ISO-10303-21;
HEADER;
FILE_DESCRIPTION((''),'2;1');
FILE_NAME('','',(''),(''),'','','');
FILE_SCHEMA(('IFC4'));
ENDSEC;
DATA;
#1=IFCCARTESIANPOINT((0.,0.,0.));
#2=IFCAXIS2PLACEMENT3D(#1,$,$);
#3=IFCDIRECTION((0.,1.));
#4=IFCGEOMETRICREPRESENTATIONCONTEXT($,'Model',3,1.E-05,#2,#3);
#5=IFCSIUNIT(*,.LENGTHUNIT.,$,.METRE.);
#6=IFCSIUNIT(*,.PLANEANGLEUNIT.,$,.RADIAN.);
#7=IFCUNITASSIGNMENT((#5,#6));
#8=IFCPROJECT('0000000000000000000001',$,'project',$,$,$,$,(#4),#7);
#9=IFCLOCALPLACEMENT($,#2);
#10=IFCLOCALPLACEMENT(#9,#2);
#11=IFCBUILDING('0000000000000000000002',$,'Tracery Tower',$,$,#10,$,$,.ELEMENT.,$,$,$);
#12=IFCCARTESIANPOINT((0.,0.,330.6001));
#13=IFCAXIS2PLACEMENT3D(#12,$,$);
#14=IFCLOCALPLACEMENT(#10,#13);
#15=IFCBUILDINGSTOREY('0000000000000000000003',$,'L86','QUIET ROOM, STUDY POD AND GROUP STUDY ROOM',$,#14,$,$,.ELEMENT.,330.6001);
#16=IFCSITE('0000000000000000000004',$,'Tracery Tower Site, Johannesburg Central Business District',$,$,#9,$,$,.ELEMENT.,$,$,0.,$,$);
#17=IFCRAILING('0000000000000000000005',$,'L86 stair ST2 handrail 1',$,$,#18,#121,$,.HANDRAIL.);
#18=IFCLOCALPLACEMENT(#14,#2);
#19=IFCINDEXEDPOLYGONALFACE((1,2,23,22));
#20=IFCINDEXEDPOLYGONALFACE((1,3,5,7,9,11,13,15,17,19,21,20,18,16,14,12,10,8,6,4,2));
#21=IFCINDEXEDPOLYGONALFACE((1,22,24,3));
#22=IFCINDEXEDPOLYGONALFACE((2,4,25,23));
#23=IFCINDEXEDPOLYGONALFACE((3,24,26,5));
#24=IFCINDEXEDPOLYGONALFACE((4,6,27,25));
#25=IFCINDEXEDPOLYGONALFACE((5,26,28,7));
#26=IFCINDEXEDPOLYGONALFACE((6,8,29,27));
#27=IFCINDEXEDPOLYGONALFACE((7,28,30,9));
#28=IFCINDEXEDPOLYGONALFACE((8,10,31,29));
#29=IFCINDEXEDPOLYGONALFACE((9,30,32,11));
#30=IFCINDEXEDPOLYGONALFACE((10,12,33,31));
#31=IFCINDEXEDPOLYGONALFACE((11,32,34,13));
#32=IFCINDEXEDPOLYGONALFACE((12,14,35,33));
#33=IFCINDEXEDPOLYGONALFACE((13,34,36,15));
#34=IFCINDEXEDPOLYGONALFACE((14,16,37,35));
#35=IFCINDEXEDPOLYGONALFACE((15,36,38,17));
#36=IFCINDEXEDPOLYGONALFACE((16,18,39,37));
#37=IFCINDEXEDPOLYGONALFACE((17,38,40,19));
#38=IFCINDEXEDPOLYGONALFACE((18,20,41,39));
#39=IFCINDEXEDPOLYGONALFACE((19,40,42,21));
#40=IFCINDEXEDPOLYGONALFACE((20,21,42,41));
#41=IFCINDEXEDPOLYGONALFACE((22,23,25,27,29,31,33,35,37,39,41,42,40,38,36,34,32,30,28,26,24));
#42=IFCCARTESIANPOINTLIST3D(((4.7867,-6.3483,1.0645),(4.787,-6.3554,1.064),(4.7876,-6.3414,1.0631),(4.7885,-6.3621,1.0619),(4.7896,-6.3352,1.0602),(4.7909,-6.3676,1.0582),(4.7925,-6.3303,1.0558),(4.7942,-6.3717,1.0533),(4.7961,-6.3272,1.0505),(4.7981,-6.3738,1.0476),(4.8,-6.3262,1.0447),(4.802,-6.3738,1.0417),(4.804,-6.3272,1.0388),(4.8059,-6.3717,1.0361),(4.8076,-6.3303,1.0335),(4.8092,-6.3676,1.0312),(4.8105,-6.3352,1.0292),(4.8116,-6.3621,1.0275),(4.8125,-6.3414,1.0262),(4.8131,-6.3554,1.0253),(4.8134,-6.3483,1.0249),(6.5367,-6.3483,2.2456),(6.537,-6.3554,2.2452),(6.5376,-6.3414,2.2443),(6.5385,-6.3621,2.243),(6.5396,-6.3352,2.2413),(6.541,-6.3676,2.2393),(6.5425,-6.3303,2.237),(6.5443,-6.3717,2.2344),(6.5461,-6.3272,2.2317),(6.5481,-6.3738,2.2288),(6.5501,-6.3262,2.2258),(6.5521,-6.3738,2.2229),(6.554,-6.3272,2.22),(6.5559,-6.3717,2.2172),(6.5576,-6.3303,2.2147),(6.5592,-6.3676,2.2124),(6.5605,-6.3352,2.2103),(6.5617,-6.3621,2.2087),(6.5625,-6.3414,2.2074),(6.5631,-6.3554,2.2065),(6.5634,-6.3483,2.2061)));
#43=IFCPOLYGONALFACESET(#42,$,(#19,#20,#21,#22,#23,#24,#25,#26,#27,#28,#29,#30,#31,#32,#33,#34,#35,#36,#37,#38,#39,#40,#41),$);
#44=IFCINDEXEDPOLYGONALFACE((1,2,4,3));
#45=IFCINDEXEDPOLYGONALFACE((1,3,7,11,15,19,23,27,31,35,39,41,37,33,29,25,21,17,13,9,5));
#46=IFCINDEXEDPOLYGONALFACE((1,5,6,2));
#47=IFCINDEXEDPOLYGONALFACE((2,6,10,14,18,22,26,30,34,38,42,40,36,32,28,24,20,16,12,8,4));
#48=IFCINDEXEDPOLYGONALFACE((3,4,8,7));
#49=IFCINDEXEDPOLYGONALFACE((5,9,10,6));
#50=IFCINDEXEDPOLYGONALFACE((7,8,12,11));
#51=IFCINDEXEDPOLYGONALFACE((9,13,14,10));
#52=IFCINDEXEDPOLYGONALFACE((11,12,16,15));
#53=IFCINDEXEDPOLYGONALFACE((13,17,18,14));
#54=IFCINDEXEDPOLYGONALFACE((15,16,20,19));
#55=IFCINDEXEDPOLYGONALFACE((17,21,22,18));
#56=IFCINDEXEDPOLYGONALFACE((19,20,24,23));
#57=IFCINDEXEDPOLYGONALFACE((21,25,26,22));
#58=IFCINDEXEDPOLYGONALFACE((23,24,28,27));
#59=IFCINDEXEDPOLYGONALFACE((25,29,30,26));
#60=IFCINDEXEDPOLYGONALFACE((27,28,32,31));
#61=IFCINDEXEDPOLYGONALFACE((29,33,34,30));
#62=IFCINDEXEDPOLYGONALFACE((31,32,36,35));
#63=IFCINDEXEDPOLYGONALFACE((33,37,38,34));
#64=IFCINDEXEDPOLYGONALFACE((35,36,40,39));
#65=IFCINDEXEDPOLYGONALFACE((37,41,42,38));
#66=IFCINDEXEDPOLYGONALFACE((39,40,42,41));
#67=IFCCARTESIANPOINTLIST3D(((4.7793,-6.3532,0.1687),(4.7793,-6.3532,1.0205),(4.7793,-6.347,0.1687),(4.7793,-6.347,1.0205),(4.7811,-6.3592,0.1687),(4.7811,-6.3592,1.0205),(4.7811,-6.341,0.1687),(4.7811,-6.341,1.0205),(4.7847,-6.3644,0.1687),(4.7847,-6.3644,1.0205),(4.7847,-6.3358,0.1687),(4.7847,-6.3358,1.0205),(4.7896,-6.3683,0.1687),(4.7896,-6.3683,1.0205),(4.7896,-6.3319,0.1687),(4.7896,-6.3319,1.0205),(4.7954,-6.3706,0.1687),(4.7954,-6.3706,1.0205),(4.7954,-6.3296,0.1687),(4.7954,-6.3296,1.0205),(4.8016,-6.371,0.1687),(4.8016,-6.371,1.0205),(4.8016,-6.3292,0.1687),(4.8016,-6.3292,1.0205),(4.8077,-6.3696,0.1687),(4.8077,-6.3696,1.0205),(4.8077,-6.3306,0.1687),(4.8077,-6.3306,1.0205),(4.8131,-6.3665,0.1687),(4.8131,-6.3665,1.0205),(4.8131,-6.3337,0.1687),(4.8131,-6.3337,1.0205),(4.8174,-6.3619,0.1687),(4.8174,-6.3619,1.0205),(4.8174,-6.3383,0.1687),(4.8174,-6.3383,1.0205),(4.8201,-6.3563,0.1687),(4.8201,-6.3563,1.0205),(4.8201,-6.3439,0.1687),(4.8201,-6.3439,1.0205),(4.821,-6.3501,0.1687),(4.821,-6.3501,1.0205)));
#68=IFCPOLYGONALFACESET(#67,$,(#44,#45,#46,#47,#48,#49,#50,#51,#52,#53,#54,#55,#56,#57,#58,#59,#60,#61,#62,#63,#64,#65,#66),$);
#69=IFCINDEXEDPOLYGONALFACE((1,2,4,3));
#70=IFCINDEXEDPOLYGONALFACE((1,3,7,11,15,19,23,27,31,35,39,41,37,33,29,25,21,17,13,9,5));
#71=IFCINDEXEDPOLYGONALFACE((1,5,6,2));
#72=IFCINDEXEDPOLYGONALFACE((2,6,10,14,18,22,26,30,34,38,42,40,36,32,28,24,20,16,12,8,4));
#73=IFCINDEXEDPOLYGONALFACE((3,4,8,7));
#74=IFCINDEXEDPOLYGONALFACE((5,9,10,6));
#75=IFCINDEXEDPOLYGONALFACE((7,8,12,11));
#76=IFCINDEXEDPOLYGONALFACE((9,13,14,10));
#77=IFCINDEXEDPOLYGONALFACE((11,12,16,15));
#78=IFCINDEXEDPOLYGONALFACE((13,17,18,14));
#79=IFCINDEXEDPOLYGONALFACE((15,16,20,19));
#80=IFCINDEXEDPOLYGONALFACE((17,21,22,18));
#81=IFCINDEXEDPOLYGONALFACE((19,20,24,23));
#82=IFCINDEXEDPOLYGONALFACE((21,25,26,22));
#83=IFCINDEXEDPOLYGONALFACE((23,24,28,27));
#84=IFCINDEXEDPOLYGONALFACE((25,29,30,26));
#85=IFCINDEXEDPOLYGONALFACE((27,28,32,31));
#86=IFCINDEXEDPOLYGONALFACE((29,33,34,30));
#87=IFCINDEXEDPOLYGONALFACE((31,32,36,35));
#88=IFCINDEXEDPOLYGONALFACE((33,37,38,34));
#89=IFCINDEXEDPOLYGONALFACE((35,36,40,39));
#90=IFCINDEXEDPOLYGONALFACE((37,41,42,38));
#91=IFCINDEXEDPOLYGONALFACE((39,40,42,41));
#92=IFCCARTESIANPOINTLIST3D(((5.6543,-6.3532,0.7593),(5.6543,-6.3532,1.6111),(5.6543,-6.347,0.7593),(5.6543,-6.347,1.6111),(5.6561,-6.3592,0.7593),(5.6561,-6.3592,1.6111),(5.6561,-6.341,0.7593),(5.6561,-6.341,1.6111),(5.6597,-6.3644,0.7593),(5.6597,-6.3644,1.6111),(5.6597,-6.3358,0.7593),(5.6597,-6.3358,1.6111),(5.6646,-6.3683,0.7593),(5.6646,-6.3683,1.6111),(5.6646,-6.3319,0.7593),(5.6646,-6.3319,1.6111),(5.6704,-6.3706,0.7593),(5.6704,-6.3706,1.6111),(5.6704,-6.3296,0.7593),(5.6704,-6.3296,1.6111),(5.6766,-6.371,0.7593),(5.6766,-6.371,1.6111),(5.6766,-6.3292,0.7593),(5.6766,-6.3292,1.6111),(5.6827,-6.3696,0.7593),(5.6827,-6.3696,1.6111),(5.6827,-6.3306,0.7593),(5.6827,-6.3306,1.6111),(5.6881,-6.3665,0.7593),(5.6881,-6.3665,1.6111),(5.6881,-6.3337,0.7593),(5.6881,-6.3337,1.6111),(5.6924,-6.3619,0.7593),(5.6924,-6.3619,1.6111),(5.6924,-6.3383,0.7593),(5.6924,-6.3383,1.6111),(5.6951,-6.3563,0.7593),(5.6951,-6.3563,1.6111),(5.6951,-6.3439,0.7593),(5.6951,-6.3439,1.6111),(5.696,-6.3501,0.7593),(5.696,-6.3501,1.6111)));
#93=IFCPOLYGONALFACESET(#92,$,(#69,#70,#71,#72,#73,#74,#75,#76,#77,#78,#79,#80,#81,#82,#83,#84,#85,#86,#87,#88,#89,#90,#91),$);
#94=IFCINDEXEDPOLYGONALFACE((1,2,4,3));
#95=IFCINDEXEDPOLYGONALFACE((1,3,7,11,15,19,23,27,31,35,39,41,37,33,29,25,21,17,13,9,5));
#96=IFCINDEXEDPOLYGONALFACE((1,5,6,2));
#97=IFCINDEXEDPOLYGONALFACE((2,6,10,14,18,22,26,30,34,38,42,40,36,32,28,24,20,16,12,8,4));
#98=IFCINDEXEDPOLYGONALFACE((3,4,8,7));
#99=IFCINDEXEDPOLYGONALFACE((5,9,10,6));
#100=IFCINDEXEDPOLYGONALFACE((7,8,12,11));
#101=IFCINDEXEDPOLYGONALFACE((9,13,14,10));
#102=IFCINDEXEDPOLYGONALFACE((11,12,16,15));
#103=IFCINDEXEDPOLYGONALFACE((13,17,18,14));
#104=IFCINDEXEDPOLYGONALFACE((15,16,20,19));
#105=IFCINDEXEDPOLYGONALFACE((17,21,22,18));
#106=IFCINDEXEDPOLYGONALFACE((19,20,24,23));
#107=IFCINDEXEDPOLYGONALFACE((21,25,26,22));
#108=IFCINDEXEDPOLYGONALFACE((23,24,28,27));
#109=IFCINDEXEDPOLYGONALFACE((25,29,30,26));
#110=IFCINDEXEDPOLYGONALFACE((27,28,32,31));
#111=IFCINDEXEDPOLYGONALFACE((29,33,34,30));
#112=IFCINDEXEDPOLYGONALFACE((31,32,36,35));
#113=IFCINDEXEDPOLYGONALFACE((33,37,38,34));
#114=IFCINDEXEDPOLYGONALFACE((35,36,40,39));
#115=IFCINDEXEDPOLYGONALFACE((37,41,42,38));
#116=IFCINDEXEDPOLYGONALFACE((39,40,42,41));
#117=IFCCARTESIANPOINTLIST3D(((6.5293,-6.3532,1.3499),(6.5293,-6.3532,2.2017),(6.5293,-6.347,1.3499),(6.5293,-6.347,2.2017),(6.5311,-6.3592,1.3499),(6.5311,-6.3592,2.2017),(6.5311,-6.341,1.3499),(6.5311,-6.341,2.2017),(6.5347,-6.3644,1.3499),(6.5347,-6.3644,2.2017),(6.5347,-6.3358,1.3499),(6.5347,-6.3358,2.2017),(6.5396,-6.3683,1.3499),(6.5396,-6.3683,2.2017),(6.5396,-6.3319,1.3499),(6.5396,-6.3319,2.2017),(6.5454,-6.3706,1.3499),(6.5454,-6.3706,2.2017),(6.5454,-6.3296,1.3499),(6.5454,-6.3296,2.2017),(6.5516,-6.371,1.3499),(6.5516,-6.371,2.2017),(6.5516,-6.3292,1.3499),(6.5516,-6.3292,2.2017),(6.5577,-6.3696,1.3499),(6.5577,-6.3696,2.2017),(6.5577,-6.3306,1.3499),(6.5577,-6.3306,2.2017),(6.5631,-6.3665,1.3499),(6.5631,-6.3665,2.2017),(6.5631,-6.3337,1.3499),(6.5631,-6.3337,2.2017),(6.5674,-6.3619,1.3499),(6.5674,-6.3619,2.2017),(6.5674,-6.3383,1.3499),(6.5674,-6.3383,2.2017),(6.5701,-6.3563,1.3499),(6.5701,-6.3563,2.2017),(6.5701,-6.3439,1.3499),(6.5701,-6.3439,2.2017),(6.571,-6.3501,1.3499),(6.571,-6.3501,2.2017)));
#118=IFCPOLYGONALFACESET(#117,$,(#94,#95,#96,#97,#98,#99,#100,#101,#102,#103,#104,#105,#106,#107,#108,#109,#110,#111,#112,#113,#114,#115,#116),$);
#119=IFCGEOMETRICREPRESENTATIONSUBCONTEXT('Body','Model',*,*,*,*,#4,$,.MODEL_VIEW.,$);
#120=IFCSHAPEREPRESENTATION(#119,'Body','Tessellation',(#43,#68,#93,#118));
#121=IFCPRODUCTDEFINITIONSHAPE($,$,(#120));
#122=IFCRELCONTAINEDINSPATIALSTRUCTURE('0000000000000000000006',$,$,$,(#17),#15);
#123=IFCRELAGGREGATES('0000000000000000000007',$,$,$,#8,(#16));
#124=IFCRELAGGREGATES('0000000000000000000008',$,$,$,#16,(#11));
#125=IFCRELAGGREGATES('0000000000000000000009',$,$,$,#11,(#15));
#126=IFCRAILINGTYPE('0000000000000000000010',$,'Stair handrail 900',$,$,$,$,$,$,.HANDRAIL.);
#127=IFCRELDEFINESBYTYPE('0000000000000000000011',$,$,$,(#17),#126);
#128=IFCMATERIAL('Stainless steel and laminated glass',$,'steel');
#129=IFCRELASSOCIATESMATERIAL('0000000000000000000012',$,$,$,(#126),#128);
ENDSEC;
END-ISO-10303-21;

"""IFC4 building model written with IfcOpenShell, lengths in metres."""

from ifc_helpers import new_model, si_unit, direction, frame, origin, origin_2d, place, context, subcontext, project, spatial, circle, extrude, material, type_object, element, save


model = new_model("IFC4")

# Units and contexts
model_context = context("Model", 3, precision=1e-05, world=origin(), true_north=direction((0.0, 1.0)))
body_context = subcontext(model_context, "Body", "Model", "MODEL_VIEW")
ifc_project = project(units=[si_unit("LENGTHUNIT", "METRE"), si_unit("PLANEANGLEUNIT", "RADIAN")], contexts=[model_context])

# Site, building, storey
site_placement = place(None, origin())
site = spatial("IfcSite", under=ifc_project, at=site_placement, Name="Tracery Tower Site, Johannesburg Central Business District", CompositionType="ELEMENT", RefElevation=0.0)
building_placement = place(site_placement, origin())
building = spatial("IfcBuilding", under=site, at=building_placement, Name="Tracery Tower", CompositionType="ELEMENT")
storey_placement = place(building_placement, frame((0.0, 0.0, 330.6001)))
storey = spatial("IfcBuildingStorey", under=building, at=storey_placement, Name="L86", Description="QUIET ROOM, STUDY POD AND GROUP STUDY ROOM", CompositionType="ELEMENT", Elevation=330.6001)

# Railing
ifc_material_1 = material(Name="Stainless steel and laminated glass", Category="steel")
railing_type_1 = type_object("IfcRailingType", Name="Stair handrail 900", PredefinedType="HANDRAIL", material=ifc_material_1)
railing_1_placement = place(storey_placement, frame((4.8, -6.3501, 0.1687)))
element("IfcRailing", 1, at=railing_1_placement, inside=storey, type_object=railing_type_1, Name="L86 stair ST2 handrail 1", PredefinedType="HANDRAIL", context=body_context, shape_type="SweptSolid", body=[
    extrude(circle(Radius=0.0239, at=origin_2d()), frame((0.0, 0.0, 0.876), z_axis=(0.82887, 0.0, 0.559441), x_axis=(0.0, 1.0, 0.0)), (0.0, 0.0, 1.0), 2.1113),
    extrude(circle(Radius=0.021, at=origin_2d()), origin(), (0.0, 0.0, 1.0), 0.8518),
    extrude(circle(Radius=0.021, at=origin_2d()), frame((0.875, 0.0, 0.5906)), (0.0, 0.0, 1.0), 0.8518),
    extrude(circle(Radius=0.021, at=origin_2d()), frame((1.75, 0.0, 1.1812)), (0.0, 0.0, 1.0), 0.8518),
])

save(model, "model.ifc")
